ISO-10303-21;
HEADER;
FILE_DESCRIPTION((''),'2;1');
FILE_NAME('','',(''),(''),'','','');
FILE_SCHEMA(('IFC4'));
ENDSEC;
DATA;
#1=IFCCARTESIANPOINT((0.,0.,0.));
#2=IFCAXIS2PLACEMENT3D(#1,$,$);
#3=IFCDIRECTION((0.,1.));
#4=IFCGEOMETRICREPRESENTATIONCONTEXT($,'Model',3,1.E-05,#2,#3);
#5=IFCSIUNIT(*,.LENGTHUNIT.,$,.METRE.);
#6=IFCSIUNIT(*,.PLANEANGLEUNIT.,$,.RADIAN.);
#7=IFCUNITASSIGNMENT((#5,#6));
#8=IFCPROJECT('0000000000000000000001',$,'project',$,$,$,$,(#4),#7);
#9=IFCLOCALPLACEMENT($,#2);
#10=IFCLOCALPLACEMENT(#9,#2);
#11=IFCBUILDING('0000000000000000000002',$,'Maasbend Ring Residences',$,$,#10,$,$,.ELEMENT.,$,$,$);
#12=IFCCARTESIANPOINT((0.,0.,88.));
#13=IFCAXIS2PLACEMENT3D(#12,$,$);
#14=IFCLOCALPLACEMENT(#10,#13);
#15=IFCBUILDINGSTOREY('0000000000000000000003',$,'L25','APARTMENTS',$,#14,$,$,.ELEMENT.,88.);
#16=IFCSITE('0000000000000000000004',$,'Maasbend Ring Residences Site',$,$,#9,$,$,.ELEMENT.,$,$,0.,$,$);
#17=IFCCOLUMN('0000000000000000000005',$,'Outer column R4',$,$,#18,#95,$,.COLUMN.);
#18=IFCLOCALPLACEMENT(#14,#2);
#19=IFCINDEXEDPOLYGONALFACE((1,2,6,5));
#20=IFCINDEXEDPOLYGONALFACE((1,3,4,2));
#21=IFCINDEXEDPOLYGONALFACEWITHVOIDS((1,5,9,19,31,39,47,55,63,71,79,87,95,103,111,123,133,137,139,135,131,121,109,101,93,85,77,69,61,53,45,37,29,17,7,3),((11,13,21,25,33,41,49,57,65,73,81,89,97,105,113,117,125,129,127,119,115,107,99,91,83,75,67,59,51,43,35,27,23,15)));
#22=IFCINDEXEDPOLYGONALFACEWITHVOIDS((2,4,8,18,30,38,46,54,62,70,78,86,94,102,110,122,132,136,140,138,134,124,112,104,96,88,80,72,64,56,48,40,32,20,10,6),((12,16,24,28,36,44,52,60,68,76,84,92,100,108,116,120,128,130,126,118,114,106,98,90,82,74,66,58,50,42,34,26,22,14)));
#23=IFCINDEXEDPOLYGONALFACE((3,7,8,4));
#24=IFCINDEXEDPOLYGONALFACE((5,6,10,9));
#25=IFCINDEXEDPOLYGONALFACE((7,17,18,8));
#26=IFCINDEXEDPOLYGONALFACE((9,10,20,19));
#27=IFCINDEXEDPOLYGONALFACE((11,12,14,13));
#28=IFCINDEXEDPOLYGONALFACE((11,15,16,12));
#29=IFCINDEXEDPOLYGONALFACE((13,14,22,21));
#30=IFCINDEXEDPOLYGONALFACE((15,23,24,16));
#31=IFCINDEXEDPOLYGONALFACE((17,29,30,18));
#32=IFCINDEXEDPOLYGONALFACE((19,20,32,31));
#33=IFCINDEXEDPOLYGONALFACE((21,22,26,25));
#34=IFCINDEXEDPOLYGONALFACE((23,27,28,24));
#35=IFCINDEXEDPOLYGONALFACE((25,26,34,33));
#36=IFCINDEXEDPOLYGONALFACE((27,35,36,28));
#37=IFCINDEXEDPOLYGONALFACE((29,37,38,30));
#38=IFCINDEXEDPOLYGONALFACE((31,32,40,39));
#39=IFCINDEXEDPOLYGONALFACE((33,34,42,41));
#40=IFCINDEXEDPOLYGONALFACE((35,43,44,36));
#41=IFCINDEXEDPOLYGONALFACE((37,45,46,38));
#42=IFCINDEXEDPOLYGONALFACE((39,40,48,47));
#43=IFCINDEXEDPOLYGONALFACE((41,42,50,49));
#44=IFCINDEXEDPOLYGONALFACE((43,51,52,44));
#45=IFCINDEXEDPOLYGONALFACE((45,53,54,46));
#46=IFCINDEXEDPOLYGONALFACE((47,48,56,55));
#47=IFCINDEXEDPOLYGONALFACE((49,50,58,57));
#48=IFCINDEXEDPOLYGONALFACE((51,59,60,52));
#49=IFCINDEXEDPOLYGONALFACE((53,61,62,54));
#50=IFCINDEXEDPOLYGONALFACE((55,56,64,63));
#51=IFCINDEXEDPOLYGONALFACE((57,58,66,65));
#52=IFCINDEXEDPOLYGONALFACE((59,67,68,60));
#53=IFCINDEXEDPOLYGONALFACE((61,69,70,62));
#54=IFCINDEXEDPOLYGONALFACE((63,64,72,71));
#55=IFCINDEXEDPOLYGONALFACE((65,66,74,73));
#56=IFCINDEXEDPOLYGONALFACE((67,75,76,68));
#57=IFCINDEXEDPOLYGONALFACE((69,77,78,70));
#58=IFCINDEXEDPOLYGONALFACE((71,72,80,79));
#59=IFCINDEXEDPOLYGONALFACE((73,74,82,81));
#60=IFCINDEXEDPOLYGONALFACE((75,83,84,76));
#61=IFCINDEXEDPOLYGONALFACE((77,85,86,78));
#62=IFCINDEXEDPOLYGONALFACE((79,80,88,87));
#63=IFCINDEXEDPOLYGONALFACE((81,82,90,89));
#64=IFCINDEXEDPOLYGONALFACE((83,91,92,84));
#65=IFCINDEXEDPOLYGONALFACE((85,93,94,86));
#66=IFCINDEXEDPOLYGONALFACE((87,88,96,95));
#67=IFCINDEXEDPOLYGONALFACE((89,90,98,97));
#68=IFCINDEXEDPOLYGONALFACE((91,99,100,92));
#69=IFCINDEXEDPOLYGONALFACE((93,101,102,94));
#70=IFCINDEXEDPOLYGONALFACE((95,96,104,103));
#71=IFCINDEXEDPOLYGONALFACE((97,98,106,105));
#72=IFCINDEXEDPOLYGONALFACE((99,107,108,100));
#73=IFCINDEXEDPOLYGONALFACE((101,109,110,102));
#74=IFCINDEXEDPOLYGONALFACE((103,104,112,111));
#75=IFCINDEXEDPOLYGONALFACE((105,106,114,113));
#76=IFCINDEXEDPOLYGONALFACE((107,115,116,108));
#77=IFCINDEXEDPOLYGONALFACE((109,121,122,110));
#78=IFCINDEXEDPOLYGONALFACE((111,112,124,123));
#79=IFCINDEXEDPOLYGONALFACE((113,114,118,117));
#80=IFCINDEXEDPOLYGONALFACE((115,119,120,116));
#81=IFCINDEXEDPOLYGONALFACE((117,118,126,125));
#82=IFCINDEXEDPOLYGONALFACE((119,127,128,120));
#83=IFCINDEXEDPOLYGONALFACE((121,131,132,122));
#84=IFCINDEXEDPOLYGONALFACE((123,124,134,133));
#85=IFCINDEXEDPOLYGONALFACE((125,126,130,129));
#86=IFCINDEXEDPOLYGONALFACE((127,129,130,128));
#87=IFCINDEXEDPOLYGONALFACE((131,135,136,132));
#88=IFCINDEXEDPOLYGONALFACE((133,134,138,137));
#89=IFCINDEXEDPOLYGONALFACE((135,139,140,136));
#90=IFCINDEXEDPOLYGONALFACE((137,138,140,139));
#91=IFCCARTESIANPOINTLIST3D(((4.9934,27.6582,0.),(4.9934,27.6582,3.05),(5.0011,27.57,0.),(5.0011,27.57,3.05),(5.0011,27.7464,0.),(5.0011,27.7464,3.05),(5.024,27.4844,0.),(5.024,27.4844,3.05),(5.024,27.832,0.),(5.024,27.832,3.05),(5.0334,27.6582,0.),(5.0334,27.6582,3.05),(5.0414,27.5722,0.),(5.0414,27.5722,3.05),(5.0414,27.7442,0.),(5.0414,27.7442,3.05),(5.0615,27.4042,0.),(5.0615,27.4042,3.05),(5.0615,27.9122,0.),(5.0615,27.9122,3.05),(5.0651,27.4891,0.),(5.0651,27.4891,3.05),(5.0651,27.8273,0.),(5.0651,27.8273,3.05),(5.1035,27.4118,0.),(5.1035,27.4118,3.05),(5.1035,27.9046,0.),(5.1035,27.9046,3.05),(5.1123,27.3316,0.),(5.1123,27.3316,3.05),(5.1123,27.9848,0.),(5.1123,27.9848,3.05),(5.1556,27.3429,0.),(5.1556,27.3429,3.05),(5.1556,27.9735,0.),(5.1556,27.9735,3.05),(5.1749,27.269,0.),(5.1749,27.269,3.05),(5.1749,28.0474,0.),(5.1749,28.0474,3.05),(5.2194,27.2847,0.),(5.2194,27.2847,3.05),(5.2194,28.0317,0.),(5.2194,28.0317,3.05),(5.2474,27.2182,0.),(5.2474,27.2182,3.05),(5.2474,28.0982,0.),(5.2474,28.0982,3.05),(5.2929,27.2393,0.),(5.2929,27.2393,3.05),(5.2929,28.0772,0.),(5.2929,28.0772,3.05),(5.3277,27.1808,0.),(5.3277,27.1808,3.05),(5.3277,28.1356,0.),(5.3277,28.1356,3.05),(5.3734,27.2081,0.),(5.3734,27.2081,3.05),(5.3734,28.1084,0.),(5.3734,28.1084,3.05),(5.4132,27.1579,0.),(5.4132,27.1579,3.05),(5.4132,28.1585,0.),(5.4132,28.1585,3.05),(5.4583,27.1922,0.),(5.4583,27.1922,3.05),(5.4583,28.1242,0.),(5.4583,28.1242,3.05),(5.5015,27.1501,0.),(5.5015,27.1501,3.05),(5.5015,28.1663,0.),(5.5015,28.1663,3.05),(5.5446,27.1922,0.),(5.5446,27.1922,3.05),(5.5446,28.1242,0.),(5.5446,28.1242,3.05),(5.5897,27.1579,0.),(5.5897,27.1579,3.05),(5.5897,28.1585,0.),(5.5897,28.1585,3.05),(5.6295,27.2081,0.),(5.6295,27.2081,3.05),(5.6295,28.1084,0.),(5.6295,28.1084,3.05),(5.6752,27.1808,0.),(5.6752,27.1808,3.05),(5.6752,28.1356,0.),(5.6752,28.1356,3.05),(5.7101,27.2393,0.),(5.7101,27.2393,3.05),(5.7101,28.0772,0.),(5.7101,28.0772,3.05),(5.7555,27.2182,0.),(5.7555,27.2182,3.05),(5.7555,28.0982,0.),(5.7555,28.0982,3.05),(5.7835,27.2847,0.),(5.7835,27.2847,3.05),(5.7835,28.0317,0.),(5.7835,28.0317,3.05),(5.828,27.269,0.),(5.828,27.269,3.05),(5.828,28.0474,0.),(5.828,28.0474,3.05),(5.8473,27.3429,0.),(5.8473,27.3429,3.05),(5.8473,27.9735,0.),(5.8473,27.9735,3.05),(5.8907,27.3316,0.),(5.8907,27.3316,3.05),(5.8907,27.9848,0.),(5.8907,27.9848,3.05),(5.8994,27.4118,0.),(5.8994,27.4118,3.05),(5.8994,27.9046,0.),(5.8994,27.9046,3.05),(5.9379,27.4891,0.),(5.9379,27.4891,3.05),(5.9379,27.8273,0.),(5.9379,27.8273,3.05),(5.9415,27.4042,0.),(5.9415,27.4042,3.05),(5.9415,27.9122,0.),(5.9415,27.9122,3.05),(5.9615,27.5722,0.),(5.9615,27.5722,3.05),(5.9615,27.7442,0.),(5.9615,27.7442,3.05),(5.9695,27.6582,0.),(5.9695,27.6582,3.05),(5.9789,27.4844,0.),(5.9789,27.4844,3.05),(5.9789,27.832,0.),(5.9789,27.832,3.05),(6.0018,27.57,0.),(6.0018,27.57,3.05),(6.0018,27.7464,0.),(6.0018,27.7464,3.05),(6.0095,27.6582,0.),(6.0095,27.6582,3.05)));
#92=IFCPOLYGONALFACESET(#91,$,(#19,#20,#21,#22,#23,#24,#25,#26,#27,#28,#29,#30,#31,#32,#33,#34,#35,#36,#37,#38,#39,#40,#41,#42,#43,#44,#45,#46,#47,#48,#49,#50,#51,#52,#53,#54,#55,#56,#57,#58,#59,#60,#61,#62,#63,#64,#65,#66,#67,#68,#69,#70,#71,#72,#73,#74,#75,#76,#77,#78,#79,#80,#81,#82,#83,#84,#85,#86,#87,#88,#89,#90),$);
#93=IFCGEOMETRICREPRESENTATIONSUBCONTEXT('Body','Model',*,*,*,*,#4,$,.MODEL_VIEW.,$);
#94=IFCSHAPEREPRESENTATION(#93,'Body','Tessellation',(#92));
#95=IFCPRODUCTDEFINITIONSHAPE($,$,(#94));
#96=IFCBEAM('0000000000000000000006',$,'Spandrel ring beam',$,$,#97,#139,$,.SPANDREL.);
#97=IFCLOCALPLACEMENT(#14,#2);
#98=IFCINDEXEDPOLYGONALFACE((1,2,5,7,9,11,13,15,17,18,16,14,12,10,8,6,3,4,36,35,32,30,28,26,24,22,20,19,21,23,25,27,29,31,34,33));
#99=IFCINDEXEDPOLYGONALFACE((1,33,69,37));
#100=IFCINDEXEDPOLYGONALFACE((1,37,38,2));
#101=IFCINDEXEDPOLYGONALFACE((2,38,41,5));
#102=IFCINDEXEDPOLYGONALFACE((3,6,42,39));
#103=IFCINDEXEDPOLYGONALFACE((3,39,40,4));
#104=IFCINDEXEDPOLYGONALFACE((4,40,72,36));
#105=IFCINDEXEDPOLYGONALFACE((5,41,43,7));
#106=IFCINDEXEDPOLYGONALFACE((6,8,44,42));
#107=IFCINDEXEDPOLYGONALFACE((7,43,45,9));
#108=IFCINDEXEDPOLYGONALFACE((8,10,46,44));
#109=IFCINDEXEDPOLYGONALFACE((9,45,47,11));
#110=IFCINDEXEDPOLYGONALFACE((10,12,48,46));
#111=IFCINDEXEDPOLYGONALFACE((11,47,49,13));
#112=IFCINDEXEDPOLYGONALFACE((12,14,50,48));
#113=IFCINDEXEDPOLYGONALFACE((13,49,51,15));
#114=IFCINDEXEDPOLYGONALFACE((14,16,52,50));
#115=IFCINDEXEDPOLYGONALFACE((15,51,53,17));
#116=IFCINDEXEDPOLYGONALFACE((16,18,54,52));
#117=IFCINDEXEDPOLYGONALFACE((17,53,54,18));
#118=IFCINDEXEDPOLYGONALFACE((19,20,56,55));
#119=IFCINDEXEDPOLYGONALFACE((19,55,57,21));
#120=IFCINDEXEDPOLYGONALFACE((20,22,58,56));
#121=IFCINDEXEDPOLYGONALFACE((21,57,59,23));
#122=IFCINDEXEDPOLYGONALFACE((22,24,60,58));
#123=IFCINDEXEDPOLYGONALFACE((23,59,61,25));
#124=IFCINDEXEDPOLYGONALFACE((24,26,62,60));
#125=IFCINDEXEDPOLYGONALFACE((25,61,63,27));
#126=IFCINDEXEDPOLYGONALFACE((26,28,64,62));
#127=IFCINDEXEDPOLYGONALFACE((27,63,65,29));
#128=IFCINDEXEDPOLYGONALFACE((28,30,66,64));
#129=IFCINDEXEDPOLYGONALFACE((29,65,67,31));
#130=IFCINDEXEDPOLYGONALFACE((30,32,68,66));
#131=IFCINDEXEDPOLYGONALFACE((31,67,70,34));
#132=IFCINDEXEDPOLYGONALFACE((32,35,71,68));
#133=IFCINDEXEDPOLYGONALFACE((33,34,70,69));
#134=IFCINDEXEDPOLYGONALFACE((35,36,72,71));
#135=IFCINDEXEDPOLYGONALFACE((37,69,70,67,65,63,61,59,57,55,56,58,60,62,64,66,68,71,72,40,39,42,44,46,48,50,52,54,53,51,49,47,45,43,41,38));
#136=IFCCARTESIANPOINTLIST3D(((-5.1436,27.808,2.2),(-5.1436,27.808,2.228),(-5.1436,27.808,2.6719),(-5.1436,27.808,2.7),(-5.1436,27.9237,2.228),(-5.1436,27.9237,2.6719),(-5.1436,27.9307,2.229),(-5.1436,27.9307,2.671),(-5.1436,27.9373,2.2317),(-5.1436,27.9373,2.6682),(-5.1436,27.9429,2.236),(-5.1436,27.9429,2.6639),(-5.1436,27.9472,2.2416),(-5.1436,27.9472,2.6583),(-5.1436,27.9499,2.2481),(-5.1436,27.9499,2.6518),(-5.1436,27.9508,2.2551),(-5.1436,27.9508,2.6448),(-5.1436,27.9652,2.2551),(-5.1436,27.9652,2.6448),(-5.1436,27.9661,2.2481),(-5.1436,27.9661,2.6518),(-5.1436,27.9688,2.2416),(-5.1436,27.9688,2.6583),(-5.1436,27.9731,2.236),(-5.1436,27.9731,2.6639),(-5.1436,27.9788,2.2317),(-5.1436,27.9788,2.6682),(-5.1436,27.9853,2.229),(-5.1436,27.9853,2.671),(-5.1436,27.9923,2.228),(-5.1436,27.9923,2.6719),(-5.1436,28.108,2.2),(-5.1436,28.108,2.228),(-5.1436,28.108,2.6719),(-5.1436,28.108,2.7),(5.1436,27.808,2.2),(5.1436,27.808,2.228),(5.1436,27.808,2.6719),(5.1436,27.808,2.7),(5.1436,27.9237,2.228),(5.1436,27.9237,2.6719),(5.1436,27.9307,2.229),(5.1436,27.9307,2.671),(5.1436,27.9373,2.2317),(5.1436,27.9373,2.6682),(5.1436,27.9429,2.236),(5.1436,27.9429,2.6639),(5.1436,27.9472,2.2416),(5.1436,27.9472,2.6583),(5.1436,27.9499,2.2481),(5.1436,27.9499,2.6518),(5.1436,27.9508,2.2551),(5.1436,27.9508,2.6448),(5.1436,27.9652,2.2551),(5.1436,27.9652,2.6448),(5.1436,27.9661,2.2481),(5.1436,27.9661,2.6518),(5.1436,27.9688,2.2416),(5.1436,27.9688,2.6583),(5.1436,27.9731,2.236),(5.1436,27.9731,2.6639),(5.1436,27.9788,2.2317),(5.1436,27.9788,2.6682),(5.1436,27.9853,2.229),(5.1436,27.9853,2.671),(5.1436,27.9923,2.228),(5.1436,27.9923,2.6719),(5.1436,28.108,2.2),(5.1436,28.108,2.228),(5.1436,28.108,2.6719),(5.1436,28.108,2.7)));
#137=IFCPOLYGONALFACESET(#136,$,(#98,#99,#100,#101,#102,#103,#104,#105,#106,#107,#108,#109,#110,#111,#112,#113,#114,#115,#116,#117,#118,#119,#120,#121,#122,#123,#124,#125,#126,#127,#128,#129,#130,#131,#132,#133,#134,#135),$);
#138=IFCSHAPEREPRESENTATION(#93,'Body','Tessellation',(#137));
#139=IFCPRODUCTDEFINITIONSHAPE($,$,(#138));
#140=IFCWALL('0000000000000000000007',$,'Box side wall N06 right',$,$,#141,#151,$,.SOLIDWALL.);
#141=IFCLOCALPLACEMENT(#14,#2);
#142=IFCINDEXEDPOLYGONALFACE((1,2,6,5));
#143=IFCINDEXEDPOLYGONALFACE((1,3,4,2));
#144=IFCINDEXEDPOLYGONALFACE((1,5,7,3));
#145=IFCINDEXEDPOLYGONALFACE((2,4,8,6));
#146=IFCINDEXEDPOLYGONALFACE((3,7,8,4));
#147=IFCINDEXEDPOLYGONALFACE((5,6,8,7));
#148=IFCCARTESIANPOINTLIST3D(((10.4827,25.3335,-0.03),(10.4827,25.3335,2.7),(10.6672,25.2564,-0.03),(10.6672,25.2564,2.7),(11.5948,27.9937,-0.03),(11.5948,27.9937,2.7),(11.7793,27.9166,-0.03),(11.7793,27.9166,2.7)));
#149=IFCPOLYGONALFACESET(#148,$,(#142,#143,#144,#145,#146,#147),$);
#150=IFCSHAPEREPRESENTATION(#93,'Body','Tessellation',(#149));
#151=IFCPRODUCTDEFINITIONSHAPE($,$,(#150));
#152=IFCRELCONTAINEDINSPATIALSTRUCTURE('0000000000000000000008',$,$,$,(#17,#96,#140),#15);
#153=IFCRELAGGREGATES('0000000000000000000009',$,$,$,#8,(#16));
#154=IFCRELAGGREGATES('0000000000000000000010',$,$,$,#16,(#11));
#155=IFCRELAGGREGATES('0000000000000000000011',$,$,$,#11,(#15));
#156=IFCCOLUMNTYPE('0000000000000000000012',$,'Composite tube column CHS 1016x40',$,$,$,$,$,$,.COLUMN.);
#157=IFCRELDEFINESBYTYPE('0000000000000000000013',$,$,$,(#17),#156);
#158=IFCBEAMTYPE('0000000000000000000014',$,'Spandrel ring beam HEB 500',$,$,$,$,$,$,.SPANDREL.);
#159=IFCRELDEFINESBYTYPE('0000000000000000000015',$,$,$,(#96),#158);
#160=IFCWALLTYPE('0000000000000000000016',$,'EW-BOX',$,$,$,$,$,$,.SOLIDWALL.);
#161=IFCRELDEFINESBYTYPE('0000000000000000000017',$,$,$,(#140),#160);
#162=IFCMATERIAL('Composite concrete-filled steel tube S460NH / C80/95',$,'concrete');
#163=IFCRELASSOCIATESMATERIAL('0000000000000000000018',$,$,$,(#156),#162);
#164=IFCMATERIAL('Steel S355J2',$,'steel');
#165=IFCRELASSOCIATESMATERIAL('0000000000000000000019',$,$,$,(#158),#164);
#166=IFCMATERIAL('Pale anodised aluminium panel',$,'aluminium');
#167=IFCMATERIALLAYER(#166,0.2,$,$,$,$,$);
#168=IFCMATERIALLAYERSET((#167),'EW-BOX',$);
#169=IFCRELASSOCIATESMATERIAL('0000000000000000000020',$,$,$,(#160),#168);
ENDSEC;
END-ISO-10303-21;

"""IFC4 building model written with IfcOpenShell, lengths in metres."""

from ifc_helpers import new_model, si_unit, direction, frame, frame_2d, origin, origin_2d, place, context, subcontext, project, spatial, rectangle, hollow_circle, i_section, extrude, material, layer, layer_set, material_profile, profile_set, type_object, element, save


model = new_model("IFC4")

# Units and contexts
model_context = context("Model", 3, precision=1e-05, world=origin(), true_north=direction((0.0, 1.0)))
body_context = subcontext(model_context, "Body", "Model", "MODEL_VIEW")
ifc_project = project(units=[si_unit("LENGTHUNIT", "METRE"), si_unit("PLANEANGLEUNIT", "RADIAN")], contexts=[model_context])

# Site, building, storey
site_placement = place(None, origin())
site = spatial("IfcSite", under=ifc_project, at=site_placement, Name="Maasbend Ring Residences Site", CompositionType="ELEMENT", RefElevation=0.0)
building_placement = place(site_placement, origin())
building = spatial("IfcBuilding", under=site, at=building_placement, Name="Maasbend Ring Residences", CompositionType="ELEMENT")
storey_placement = place(building_placement, frame((0.0, 0.0, 88.0)))
storey = spatial("IfcBuildingStorey", under=building, at=storey_placement, Name="L25", Description="APARTMENTS", CompositionType="ELEMENT", Elevation=88.0)

# Column
ifc_material_1 = material(Name="Composite concrete-filled steel tube S460NH / C80/95", Category="concrete")
ifc_material_profile_1 = material_profile(ifc_material_1, hollow_circle(Radius=0.5081, WallThickness=0.04, at=origin_2d()), Name="Composite tube column CHS 1016x40")
ifc_profile_set_1 = profile_set([ifc_material_profile_1], Name="Composite concrete-filled steel tube S460NH / C80/95")
column_type = type_object("IfcColumnType", Name="Composite tube column CHS 1016x40", PredefinedType="COLUMN", material=ifc_profile_set_1)
column_placement = place(storey_placement, frame((5.5015, 27.6582, 0.0), z_axis=(0.0, 0.0, 1.0), x_axis=(1.0, 0.0, 0.0)))
element("IfcColumn", 1, at=column_placement, inside=storey, type_object=column_type, Name="Outer column R4", PredefinedType="COLUMN", context=body_context, shape_type="SweptSolid", body=[
    extrude(hollow_circle(Radius=0.5081, WallThickness=0.04, at=origin_2d()), origin(), (0.0, 0.0, 1.0), 3.05),
])

# Beam
ifc_material_2 = material(Name="Steel S355J2", Category="steel")
ifc_material_profile_2 = material_profile(ifc_material_2, i_section(OverallWidth=0.3, OverallDepth=0.5, WebThickness=0.0144, FlangeThickness=0.0281, FilletRadius=0.0271, at=origin_2d()), Name="HEB 500")
ifc_profile_set_2 = profile_set([ifc_material_profile_2], Name="Steel S355J2")
beam_type = type_object("IfcBeamType", Name="Spandrel ring beam HEB 500", PredefinedType="SPANDREL", material=ifc_profile_set_2)
beam_placement = place(storey_placement, frame((5.1436, 27.958, 2.45), z_axis=(-1.0, 0.0, 0.0), x_axis=(0.0, -1.0, 0.0)))
element("IfcBeam", 2, at=beam_placement, inside=storey, type_object=beam_type, Name="Spandrel ring beam", PredefinedType="SPANDREL", context=body_context, shape_type="SweptSolid", body=[
    extrude(i_section(OverallWidth=0.3, OverallDepth=0.5, WebThickness=0.0144, FlangeThickness=0.0281, FilletRadius=0.0271, at=origin_2d()), origin(), (0.0, 0.0, 1.0), 10.2871),
])

# Wall
ifc_material_3 = material(Name="Pale anodised aluminium panel", Category="aluminium")
ifc_layer_1 = layer(ifc_material_3, 0.2)
ifc_layer_set_1 = layer_set([ifc_layer_1], Name="EW-BOX")
wall_type_1 = type_object("IfcWallType", Name="EW-BOX", PredefinedType="SOLIDWALL", material=ifc_layer_set_1)
wall_1_placement = place(storey_placement, frame((10.575, 25.2949, -0.03), z_axis=(0.0, 0.0, 1.0), x_axis=(0.385697, 0.922625, 0.0)))
element("IfcWall", 3, at=wall_1_placement, inside=storey, type_object=wall_type_1, Name="Box side wall N06 right", PredefinedType="SOLIDWALL", context=body_context, shape_type="SweptSolid", body=[
    extrude(rectangle(XDim=2.8833, YDim=0.2, at=frame_2d((1.4417, 0.0))), origin(), (0.0, 0.0, 1.0), 2.73),
])

save(model, "model.ifc")
